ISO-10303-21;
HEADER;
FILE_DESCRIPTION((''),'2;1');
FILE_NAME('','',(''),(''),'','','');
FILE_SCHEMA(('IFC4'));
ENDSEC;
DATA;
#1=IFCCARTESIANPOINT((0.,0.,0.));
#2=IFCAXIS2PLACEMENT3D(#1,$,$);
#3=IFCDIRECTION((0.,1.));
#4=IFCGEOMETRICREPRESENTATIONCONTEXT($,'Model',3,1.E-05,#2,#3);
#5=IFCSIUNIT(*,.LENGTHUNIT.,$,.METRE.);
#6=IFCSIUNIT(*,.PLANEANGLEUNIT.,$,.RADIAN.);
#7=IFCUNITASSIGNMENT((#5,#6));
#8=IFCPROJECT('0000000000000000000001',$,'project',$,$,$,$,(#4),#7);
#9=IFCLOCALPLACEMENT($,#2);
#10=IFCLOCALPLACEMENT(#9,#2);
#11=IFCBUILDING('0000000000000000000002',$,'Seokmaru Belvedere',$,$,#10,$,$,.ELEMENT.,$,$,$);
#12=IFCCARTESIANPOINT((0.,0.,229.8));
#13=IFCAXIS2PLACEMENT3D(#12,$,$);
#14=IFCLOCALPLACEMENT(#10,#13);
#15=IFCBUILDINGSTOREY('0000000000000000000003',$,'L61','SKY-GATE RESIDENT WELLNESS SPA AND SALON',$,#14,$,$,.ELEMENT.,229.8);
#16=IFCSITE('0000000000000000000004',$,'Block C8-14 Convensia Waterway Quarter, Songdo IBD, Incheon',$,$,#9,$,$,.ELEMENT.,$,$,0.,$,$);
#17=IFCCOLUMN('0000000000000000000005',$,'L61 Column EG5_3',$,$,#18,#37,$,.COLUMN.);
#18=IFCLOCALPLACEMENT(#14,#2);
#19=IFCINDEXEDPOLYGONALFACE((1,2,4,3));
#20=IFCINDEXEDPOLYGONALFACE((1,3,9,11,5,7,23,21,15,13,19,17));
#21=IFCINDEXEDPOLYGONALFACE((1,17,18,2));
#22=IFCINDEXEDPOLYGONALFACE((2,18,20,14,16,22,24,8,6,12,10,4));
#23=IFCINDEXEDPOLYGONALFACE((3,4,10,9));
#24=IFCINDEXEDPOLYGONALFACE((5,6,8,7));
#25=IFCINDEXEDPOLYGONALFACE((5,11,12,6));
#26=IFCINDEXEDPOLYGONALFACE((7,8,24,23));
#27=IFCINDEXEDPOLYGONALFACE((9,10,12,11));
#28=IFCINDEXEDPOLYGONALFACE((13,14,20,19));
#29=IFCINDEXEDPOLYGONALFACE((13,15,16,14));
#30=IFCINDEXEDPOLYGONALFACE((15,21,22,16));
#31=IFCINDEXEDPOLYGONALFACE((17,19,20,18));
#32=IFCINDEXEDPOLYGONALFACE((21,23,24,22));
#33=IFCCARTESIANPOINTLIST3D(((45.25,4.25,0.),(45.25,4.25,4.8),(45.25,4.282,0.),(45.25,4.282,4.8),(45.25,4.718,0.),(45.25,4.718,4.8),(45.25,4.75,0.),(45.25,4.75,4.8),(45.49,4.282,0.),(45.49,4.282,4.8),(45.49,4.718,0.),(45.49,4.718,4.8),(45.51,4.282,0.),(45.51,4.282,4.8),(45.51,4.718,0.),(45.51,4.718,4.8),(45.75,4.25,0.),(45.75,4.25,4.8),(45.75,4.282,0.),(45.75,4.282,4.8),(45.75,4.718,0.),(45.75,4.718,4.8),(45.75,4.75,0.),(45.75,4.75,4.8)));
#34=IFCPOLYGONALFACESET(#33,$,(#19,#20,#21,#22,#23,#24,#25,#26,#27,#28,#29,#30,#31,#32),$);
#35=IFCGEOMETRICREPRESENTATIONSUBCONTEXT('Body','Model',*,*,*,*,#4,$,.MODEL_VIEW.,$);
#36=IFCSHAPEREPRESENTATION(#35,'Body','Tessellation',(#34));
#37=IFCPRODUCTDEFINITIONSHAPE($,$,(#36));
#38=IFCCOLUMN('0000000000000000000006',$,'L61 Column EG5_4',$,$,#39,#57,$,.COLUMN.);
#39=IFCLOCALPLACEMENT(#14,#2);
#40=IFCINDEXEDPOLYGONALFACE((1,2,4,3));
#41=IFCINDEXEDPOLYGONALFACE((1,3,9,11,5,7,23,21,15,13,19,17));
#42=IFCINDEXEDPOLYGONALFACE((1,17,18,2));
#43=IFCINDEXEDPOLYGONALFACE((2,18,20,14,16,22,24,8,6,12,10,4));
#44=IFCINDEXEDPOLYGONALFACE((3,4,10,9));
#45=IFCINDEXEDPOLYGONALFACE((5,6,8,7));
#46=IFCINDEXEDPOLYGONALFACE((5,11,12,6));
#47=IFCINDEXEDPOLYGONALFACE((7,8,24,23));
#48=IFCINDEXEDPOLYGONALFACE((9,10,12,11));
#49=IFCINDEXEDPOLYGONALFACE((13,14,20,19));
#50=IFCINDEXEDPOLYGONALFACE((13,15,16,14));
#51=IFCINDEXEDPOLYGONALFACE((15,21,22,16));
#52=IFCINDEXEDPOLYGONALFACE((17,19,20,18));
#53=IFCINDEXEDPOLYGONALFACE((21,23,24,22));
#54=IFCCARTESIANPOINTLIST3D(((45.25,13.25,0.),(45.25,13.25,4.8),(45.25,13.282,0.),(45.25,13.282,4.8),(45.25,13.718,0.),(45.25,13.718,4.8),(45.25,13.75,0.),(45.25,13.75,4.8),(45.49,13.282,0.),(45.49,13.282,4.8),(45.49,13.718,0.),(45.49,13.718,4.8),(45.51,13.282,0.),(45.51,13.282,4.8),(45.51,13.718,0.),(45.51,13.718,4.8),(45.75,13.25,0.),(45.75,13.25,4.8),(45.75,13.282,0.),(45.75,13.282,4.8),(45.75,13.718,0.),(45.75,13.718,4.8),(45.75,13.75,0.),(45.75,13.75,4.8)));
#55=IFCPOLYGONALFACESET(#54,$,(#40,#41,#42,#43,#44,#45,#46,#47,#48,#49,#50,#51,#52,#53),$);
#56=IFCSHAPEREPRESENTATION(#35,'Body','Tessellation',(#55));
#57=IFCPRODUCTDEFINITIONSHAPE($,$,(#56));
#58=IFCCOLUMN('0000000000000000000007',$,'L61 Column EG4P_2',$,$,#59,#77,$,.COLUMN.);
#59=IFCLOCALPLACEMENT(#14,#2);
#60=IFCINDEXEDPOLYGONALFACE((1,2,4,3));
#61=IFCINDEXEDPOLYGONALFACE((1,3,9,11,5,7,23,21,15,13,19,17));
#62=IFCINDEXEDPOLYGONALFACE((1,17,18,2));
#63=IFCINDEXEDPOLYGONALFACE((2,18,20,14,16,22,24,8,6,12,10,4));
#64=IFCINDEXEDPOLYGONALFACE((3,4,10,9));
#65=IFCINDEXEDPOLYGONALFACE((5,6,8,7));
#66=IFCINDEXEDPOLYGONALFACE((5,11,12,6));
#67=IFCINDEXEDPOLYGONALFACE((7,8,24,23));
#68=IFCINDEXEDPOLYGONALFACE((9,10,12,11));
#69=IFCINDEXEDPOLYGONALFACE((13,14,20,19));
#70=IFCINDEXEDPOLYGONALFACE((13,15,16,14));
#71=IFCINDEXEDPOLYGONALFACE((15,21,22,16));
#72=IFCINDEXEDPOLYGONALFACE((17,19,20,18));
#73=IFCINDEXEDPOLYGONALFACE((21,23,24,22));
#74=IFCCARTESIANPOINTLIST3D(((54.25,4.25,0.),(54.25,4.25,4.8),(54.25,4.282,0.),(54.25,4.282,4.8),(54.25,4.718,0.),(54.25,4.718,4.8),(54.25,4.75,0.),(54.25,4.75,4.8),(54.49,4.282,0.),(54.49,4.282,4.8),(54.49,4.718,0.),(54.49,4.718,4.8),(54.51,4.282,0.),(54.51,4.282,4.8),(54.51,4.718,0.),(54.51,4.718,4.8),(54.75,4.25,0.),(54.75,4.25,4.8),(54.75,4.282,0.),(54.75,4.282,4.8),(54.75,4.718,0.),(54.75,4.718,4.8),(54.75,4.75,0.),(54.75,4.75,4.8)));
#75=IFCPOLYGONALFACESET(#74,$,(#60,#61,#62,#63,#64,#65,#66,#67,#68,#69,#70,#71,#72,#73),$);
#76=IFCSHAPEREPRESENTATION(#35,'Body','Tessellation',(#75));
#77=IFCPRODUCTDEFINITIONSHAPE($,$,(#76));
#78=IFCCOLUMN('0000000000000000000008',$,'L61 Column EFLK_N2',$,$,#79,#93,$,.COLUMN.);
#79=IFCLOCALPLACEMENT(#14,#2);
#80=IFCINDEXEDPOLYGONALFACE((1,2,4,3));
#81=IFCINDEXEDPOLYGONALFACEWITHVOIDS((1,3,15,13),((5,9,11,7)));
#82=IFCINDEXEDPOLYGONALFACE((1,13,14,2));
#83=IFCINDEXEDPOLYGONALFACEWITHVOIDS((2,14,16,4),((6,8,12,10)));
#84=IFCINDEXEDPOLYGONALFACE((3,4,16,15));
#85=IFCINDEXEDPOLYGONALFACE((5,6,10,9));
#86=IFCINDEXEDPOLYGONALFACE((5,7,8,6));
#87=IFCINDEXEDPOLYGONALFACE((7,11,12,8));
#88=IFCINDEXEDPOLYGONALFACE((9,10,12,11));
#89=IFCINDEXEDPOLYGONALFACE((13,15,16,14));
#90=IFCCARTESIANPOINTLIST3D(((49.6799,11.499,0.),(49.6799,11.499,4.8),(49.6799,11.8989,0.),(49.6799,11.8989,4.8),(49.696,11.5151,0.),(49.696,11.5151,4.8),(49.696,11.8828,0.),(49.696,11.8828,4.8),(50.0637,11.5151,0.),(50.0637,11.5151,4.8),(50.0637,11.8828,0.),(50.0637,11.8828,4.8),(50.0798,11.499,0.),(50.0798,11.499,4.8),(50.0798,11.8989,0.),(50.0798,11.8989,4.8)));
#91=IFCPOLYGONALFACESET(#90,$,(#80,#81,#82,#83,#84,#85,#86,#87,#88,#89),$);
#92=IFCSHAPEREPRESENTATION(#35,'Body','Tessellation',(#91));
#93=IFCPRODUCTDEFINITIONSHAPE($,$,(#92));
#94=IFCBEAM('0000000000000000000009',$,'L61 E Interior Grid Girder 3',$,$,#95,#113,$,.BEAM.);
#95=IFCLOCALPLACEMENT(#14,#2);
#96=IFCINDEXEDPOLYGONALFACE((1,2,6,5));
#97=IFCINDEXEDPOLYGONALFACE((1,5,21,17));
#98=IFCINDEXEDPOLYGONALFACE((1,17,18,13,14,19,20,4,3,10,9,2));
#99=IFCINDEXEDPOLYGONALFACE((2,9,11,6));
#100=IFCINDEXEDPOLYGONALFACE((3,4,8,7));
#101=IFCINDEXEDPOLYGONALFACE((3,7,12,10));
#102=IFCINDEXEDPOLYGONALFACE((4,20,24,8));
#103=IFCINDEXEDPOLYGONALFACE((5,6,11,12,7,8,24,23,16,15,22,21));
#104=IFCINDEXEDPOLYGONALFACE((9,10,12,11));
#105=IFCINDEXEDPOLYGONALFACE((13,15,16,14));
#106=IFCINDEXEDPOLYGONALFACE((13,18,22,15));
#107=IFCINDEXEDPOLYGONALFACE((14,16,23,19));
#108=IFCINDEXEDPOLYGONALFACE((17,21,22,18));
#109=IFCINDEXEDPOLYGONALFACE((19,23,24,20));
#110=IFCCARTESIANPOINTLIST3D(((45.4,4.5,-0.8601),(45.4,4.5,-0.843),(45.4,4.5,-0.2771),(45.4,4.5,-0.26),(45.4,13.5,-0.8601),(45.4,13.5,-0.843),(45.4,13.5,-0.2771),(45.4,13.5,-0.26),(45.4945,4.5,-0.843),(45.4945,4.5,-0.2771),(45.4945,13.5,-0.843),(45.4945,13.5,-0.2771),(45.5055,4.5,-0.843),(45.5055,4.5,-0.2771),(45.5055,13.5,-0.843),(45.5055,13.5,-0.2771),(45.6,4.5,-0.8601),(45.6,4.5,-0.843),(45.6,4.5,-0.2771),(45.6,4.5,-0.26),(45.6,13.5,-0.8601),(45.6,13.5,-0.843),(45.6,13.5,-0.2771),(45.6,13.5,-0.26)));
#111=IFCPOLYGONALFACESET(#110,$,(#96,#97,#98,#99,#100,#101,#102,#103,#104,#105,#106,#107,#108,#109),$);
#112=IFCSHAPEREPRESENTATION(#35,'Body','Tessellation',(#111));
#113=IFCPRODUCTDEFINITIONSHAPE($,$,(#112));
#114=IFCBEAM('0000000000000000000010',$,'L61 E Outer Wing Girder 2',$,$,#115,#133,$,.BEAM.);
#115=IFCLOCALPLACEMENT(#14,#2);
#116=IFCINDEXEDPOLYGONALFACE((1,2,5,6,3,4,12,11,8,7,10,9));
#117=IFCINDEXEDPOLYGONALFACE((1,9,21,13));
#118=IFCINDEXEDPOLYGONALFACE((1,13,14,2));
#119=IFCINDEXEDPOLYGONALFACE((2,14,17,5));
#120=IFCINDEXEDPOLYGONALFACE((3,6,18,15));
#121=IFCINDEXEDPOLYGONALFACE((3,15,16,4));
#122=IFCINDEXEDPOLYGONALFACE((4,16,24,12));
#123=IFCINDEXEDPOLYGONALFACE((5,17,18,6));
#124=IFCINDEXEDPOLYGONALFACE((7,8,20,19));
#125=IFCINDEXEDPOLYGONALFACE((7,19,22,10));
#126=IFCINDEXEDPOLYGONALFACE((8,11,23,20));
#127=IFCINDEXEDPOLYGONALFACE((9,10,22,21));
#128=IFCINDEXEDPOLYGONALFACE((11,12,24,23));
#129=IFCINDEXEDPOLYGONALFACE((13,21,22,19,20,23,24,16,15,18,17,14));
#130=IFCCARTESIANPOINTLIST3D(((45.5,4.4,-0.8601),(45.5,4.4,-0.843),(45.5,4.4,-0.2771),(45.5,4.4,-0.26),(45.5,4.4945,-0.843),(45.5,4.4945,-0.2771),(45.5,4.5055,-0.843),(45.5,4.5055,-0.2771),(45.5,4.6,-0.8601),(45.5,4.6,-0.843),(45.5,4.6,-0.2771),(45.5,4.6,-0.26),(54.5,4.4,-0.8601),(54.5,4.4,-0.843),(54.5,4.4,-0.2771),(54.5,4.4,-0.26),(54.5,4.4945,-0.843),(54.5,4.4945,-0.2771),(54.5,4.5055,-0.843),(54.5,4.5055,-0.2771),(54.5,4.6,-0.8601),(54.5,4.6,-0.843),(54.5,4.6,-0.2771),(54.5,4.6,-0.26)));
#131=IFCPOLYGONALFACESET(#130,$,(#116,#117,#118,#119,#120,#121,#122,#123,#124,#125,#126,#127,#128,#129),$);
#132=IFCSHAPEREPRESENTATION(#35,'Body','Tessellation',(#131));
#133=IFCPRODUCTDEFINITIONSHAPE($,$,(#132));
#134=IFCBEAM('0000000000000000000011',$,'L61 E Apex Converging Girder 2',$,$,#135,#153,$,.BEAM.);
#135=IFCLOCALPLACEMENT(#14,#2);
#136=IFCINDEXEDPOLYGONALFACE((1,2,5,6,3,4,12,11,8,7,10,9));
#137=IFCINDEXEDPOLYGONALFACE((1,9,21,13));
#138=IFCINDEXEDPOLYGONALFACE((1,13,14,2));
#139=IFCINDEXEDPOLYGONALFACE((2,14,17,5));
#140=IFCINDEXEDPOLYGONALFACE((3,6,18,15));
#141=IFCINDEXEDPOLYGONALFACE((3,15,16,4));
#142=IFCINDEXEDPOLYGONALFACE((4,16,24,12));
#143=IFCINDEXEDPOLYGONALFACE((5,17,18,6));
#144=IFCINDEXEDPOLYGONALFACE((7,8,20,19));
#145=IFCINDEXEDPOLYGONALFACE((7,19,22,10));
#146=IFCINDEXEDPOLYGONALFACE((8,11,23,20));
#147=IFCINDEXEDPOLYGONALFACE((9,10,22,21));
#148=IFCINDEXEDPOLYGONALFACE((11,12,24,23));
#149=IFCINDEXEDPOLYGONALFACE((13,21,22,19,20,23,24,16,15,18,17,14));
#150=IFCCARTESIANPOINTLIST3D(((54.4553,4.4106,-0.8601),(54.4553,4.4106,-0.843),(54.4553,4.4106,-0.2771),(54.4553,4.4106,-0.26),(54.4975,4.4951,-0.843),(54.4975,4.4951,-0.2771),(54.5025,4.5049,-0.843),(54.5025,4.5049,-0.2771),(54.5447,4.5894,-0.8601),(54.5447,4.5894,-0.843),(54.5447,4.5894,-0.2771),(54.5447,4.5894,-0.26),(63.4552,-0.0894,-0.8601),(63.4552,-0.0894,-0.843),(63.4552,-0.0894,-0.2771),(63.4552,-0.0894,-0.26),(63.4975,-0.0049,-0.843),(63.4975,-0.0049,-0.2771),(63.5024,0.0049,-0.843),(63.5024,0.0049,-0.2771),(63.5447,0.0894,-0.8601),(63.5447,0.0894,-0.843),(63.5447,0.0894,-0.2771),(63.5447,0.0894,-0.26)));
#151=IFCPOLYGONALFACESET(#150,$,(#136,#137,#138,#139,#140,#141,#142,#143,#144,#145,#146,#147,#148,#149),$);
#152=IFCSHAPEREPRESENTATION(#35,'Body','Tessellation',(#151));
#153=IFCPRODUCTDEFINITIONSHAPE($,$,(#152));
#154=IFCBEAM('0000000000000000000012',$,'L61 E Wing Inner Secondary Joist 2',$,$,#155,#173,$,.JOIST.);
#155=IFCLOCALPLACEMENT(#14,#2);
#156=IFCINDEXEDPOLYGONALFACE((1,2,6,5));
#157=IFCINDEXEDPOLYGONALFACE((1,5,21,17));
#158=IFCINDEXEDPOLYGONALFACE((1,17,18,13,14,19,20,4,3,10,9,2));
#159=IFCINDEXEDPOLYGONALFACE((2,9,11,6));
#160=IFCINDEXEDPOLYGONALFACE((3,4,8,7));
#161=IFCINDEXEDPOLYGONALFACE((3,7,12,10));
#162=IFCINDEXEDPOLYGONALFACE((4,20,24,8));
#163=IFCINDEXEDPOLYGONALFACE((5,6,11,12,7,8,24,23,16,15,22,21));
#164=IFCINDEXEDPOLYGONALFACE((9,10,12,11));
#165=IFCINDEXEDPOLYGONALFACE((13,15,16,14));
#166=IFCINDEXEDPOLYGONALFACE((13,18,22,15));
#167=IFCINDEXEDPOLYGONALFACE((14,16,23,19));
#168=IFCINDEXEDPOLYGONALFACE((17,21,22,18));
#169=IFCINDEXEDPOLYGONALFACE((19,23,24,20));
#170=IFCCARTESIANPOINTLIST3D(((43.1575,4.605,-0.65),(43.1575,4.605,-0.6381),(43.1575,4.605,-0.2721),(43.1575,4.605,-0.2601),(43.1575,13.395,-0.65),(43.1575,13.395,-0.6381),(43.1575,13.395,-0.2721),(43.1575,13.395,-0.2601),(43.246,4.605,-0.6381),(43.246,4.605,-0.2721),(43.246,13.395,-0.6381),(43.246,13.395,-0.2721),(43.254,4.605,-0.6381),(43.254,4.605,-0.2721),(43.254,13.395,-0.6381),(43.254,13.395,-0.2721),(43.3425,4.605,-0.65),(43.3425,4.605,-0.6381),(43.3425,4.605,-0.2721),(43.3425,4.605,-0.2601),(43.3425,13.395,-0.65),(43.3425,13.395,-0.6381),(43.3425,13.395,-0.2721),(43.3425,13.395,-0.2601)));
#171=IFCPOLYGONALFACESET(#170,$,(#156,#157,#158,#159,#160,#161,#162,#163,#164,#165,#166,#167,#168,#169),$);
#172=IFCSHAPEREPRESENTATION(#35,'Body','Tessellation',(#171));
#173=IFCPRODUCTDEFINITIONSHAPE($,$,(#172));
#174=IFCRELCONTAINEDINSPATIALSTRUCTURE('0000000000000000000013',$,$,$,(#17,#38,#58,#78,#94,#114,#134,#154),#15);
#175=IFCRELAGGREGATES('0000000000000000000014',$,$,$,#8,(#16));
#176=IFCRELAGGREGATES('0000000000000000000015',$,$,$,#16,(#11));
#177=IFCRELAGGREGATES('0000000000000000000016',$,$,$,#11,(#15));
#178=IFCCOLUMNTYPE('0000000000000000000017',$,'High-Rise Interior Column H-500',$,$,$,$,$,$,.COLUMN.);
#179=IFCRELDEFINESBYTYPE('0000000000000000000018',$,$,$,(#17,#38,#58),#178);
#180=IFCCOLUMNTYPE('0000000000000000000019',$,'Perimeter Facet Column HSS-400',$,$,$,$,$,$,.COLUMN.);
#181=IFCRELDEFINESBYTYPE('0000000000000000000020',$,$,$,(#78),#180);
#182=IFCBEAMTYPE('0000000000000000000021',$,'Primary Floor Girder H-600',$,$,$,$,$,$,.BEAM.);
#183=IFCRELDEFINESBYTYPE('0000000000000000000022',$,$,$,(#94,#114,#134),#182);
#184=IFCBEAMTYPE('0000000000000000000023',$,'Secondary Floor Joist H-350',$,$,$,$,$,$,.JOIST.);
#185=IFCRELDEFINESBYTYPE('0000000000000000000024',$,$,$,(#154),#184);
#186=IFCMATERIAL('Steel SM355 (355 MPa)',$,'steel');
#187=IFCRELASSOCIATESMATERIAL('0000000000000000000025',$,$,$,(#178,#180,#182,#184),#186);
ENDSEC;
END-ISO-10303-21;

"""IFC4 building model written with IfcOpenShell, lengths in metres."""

from ifc_helpers import new_model, si_unit, direction, frame, origin, origin_2d, place, context, subcontext, project, spatial, hollow_rectangle, i_section, extrude, source, transform, mapped, material, material_profile, profile_set, type_object, type_shapes, element, save


model = new_model("IFC4")

# Units and contexts
model_context = context("Model", 3, precision=1e-05, world=origin(), true_north=direction((0.0, 1.0)))
body_context = subcontext(model_context, "Body", "Model", "MODEL_VIEW")
ifc_project = project(units=[si_unit("LENGTHUNIT", "METRE"), si_unit("PLANEANGLEUNIT", "RADIAN")], contexts=[model_context])

# Site, building, storey
site_placement = place(None, origin())
site = spatial("IfcSite", under=ifc_project, at=site_placement, Name="Block C8-14 Convensia Waterway Quarter, Songdo IBD, Incheon", CompositionType="ELEMENT", RefElevation=0.0)
building_placement = place(site_placement, origin())
building = spatial("IfcBuilding", under=site, at=building_placement, Name="Seokmaru Belvedere", CompositionType="ELEMENT")
storey_placement = place(building_placement, frame((0.0, 0.0, 229.8)))
storey = spatial("IfcBuildingStorey", under=building, at=storey_placement, Name="L61", Description="SKY-GATE RESIDENT WELLNESS SPA AND SALON", CompositionType="ELEMENT", Elevation=229.8)

# Columns
ifc_material_1 = material(Name="Steel SM355 (355 MPa)", Category="steel")
ifc_material_profile_1 = material_profile(ifc_material_1, i_section(OverallWidth=0.5, OverallDepth=0.5, WebThickness=0.02, FlangeThickness=0.032, at=origin_2d()), Name="H-500x500x20x32")
ifc_profile_set_1 = profile_set([ifc_material_profile_1], Name="Steel SM355 (355 MPa)")
column_type_1 = type_object("IfcColumnType", Name="High-Rise Interior Column H-500", PredefinedType="COLUMN", material=ifc_profile_set_1)
shared_shape_1 = source(origin(), body_context, "Body", "SweptSolid", [
    extrude(i_section(OverallWidth=0.5, OverallDepth=0.5, WebThickness=0.02, FlangeThickness=0.032, at=origin_2d()), origin(), (0.0, 0.0, 1.0), 4.8),
])
type_shapes(column_type_1, [shared_shape_1])
for number, where, z_axis, x_axis, name in (
    (1, (45.5, 4.5, 0.0), (0.0, 0.0, 1.0), (1.0, 0.0, 0.0), "L61 Column EG5_3"),
    (2, (45.5, 13.5, 0.0), (0.0, 0.0, 1.0), (1.0, 0.0, 0.0), "L61 Column EG5_4"),
    (3, (54.5, 4.5, 0.0), (0.0, 0.0, 1.0), (1.0, 0.0, 0.0), "L61 Column EG4P_2"),
):
    element("IfcColumn", number, at=place(storey_placement, frame(where, z_axis=z_axis, x_axis=x_axis)), inside=storey, type_object=column_type_1, Name=name, PredefinedType="COLUMN", context=body_context, shape_type="MappedRepresentation", body=[
        mapped(shared_shape_1, transform((0.0, 0.0, 0.0), scale=1.0)),
    ])
ifc_material_profile_2 = material_profile(ifc_material_1, hollow_rectangle(XDim=0.3999, YDim=0.3999, WallThickness=0.0161, at=origin_2d()), Name="HSS-400x400x16")
ifc_profile_set_2 = profile_set([ifc_material_profile_2], Name="Steel SM355 (355 MPa)")
column_type_2 = type_object("IfcColumnType", Name="Perimeter Facet Column HSS-400", PredefinedType="COLUMN", material=ifc_profile_set_2)
shared_shape_2 = source(origin(), body_context, "Body", "SweptSolid", [
    extrude(hollow_rectangle(XDim=0.3999, YDim=0.3999, WallThickness=0.0161, at=origin_2d()), origin(), (0.0, 0.0, 1.0), 4.8),
])
type_shapes(column_type_2, [shared_shape_2])
column_placement = place(storey_placement, frame((49.8799, 11.699, 0.0), z_axis=(0.0, 0.0, 1.0), x_axis=(1.0, 0.0, 0.0)))
element("IfcColumn", 4, at=column_placement, inside=storey, type_object=column_type_2, Name="L61 Column EFLK_N2", PredefinedType="COLUMN", context=body_context, shape_type="MappedRepresentation", body=[
    mapped(shared_shape_2, transform((0.0, 0.0, 0.0), scale=1.0)),
])

# Beams
ifc_material_profile_3 = material_profile(ifc_material_1, i_section(OverallWidth=0.2, OverallDepth=0.6001, WebThickness=0.011, FlangeThickness=0.0171, at=origin_2d()), Name="H-600x200x11x17")
ifc_profile_set_3 = profile_set([ifc_material_profile_3], Name="Steel SM355 (355 MPa)")
beam_type_1 = type_object("IfcBeamType", Name="Primary Floor Girder H-600", PredefinedType="BEAM", material=ifc_profile_set_3)
shared_shape_3 = source(origin(), body_context, "Body", "SweptSolid", [
    extrude(i_section(OverallWidth=0.2, OverallDepth=0.6001, WebThickness=0.011, FlangeThickness=0.0171, at=origin_2d()), origin(), (0.0, 0.0, 1.0), 9.0),
])
for number, where, z_axis, x_axis, name in (
    (5, (45.5, 4.5, -0.5601), (0.0, 1.0, 0.0), (-1.0, 0.0, 0.0), "L61 E Interior Grid Girder 3"),
    (6, (45.5, 4.5, -0.5601), (1.0, 0.0, 0.0), (0.0, 1.0, 0.0), "L61 E Outer Wing Girder 2"),
):
    element("IfcBeam", number, at=place(storey_placement, frame(where, z_axis=z_axis, x_axis=x_axis)), inside=storey, type_object=beam_type_1, Name=name, PredefinedType="BEAM", context=body_context, shape_type="MappedRepresentation", body=[
        mapped(shared_shape_3, transform((0.0, 0.0, 0.0), scale=1.0)),
    ])
shared_shape_4 = source(origin(), body_context, "Body", "SweptSolid", [
    extrude(i_section(OverallWidth=0.2, OverallDepth=0.6001, WebThickness=0.011, FlangeThickness=0.0171, at=origin_2d()), origin(), (0.0, 0.0, 1.0), 10.0623),
])
beam_1_placement = place(storey_placement, frame((54.5, 4.5, -0.5601), z_axis=(0.894427, -0.447214, 0.0), x_axis=(0.447214, 0.894427, 0.0)))
element("IfcBeam", 7, at=beam_1_placement, inside=storey, type_object=beam_type_1, Name="L61 E Apex Converging Girder 2", PredefinedType="BEAM", context=body_context, shape_type="MappedRepresentation", body=[
    mapped(shared_shape_4, transform((0.0, 0.0, 0.0), scale=1.0)),
])
ifc_material_profile_4 = material_profile(ifc_material_1, i_section(OverallWidth=0.1851, OverallDepth=0.3899, WebThickness=0.0081, FlangeThickness=0.012, at=origin_2d()), Name="H-390x185x8x12")
ifc_profile_set_4 = profile_set([ifc_material_profile_4], Name="Steel SM355 (355 MPa)")
beam_type_2 = type_object("IfcBeamType", Name="Secondary Floor Joist H-350", PredefinedType="JOIST", material=ifc_profile_set_4)
shared_shape_5 = source(origin(), body_context, "Body", "SweptSolid", [
    extrude(i_section(OverallWidth=0.1851, OverallDepth=0.3899, WebThickness=0.0081, FlangeThickness=0.012, at=origin_2d()), origin(), (0.0, 0.0, 1.0), 8.79),
])
type_shapes(beam_type_2, [shared_shape_5])
beam_2_placement = place(storey_placement, frame((43.25, 4.605, -0.4551), z_axis=(0.0, 1.0, 0.0), x_axis=(-1.0, 0.0, 0.0)))
element("IfcBeam", 8, at=beam_2_placement, inside=storey, type_object=beam_type_2, Name="L61 E Wing Inner Secondary Joist 2", PredefinedType="JOIST", context=body_context, shape_type="MappedRepresentation", body=[
    mapped(shared_shape_5, transform((0.0, 0.0, 0.0), scale=1.0)),
])

save(model, "model.ifc")
